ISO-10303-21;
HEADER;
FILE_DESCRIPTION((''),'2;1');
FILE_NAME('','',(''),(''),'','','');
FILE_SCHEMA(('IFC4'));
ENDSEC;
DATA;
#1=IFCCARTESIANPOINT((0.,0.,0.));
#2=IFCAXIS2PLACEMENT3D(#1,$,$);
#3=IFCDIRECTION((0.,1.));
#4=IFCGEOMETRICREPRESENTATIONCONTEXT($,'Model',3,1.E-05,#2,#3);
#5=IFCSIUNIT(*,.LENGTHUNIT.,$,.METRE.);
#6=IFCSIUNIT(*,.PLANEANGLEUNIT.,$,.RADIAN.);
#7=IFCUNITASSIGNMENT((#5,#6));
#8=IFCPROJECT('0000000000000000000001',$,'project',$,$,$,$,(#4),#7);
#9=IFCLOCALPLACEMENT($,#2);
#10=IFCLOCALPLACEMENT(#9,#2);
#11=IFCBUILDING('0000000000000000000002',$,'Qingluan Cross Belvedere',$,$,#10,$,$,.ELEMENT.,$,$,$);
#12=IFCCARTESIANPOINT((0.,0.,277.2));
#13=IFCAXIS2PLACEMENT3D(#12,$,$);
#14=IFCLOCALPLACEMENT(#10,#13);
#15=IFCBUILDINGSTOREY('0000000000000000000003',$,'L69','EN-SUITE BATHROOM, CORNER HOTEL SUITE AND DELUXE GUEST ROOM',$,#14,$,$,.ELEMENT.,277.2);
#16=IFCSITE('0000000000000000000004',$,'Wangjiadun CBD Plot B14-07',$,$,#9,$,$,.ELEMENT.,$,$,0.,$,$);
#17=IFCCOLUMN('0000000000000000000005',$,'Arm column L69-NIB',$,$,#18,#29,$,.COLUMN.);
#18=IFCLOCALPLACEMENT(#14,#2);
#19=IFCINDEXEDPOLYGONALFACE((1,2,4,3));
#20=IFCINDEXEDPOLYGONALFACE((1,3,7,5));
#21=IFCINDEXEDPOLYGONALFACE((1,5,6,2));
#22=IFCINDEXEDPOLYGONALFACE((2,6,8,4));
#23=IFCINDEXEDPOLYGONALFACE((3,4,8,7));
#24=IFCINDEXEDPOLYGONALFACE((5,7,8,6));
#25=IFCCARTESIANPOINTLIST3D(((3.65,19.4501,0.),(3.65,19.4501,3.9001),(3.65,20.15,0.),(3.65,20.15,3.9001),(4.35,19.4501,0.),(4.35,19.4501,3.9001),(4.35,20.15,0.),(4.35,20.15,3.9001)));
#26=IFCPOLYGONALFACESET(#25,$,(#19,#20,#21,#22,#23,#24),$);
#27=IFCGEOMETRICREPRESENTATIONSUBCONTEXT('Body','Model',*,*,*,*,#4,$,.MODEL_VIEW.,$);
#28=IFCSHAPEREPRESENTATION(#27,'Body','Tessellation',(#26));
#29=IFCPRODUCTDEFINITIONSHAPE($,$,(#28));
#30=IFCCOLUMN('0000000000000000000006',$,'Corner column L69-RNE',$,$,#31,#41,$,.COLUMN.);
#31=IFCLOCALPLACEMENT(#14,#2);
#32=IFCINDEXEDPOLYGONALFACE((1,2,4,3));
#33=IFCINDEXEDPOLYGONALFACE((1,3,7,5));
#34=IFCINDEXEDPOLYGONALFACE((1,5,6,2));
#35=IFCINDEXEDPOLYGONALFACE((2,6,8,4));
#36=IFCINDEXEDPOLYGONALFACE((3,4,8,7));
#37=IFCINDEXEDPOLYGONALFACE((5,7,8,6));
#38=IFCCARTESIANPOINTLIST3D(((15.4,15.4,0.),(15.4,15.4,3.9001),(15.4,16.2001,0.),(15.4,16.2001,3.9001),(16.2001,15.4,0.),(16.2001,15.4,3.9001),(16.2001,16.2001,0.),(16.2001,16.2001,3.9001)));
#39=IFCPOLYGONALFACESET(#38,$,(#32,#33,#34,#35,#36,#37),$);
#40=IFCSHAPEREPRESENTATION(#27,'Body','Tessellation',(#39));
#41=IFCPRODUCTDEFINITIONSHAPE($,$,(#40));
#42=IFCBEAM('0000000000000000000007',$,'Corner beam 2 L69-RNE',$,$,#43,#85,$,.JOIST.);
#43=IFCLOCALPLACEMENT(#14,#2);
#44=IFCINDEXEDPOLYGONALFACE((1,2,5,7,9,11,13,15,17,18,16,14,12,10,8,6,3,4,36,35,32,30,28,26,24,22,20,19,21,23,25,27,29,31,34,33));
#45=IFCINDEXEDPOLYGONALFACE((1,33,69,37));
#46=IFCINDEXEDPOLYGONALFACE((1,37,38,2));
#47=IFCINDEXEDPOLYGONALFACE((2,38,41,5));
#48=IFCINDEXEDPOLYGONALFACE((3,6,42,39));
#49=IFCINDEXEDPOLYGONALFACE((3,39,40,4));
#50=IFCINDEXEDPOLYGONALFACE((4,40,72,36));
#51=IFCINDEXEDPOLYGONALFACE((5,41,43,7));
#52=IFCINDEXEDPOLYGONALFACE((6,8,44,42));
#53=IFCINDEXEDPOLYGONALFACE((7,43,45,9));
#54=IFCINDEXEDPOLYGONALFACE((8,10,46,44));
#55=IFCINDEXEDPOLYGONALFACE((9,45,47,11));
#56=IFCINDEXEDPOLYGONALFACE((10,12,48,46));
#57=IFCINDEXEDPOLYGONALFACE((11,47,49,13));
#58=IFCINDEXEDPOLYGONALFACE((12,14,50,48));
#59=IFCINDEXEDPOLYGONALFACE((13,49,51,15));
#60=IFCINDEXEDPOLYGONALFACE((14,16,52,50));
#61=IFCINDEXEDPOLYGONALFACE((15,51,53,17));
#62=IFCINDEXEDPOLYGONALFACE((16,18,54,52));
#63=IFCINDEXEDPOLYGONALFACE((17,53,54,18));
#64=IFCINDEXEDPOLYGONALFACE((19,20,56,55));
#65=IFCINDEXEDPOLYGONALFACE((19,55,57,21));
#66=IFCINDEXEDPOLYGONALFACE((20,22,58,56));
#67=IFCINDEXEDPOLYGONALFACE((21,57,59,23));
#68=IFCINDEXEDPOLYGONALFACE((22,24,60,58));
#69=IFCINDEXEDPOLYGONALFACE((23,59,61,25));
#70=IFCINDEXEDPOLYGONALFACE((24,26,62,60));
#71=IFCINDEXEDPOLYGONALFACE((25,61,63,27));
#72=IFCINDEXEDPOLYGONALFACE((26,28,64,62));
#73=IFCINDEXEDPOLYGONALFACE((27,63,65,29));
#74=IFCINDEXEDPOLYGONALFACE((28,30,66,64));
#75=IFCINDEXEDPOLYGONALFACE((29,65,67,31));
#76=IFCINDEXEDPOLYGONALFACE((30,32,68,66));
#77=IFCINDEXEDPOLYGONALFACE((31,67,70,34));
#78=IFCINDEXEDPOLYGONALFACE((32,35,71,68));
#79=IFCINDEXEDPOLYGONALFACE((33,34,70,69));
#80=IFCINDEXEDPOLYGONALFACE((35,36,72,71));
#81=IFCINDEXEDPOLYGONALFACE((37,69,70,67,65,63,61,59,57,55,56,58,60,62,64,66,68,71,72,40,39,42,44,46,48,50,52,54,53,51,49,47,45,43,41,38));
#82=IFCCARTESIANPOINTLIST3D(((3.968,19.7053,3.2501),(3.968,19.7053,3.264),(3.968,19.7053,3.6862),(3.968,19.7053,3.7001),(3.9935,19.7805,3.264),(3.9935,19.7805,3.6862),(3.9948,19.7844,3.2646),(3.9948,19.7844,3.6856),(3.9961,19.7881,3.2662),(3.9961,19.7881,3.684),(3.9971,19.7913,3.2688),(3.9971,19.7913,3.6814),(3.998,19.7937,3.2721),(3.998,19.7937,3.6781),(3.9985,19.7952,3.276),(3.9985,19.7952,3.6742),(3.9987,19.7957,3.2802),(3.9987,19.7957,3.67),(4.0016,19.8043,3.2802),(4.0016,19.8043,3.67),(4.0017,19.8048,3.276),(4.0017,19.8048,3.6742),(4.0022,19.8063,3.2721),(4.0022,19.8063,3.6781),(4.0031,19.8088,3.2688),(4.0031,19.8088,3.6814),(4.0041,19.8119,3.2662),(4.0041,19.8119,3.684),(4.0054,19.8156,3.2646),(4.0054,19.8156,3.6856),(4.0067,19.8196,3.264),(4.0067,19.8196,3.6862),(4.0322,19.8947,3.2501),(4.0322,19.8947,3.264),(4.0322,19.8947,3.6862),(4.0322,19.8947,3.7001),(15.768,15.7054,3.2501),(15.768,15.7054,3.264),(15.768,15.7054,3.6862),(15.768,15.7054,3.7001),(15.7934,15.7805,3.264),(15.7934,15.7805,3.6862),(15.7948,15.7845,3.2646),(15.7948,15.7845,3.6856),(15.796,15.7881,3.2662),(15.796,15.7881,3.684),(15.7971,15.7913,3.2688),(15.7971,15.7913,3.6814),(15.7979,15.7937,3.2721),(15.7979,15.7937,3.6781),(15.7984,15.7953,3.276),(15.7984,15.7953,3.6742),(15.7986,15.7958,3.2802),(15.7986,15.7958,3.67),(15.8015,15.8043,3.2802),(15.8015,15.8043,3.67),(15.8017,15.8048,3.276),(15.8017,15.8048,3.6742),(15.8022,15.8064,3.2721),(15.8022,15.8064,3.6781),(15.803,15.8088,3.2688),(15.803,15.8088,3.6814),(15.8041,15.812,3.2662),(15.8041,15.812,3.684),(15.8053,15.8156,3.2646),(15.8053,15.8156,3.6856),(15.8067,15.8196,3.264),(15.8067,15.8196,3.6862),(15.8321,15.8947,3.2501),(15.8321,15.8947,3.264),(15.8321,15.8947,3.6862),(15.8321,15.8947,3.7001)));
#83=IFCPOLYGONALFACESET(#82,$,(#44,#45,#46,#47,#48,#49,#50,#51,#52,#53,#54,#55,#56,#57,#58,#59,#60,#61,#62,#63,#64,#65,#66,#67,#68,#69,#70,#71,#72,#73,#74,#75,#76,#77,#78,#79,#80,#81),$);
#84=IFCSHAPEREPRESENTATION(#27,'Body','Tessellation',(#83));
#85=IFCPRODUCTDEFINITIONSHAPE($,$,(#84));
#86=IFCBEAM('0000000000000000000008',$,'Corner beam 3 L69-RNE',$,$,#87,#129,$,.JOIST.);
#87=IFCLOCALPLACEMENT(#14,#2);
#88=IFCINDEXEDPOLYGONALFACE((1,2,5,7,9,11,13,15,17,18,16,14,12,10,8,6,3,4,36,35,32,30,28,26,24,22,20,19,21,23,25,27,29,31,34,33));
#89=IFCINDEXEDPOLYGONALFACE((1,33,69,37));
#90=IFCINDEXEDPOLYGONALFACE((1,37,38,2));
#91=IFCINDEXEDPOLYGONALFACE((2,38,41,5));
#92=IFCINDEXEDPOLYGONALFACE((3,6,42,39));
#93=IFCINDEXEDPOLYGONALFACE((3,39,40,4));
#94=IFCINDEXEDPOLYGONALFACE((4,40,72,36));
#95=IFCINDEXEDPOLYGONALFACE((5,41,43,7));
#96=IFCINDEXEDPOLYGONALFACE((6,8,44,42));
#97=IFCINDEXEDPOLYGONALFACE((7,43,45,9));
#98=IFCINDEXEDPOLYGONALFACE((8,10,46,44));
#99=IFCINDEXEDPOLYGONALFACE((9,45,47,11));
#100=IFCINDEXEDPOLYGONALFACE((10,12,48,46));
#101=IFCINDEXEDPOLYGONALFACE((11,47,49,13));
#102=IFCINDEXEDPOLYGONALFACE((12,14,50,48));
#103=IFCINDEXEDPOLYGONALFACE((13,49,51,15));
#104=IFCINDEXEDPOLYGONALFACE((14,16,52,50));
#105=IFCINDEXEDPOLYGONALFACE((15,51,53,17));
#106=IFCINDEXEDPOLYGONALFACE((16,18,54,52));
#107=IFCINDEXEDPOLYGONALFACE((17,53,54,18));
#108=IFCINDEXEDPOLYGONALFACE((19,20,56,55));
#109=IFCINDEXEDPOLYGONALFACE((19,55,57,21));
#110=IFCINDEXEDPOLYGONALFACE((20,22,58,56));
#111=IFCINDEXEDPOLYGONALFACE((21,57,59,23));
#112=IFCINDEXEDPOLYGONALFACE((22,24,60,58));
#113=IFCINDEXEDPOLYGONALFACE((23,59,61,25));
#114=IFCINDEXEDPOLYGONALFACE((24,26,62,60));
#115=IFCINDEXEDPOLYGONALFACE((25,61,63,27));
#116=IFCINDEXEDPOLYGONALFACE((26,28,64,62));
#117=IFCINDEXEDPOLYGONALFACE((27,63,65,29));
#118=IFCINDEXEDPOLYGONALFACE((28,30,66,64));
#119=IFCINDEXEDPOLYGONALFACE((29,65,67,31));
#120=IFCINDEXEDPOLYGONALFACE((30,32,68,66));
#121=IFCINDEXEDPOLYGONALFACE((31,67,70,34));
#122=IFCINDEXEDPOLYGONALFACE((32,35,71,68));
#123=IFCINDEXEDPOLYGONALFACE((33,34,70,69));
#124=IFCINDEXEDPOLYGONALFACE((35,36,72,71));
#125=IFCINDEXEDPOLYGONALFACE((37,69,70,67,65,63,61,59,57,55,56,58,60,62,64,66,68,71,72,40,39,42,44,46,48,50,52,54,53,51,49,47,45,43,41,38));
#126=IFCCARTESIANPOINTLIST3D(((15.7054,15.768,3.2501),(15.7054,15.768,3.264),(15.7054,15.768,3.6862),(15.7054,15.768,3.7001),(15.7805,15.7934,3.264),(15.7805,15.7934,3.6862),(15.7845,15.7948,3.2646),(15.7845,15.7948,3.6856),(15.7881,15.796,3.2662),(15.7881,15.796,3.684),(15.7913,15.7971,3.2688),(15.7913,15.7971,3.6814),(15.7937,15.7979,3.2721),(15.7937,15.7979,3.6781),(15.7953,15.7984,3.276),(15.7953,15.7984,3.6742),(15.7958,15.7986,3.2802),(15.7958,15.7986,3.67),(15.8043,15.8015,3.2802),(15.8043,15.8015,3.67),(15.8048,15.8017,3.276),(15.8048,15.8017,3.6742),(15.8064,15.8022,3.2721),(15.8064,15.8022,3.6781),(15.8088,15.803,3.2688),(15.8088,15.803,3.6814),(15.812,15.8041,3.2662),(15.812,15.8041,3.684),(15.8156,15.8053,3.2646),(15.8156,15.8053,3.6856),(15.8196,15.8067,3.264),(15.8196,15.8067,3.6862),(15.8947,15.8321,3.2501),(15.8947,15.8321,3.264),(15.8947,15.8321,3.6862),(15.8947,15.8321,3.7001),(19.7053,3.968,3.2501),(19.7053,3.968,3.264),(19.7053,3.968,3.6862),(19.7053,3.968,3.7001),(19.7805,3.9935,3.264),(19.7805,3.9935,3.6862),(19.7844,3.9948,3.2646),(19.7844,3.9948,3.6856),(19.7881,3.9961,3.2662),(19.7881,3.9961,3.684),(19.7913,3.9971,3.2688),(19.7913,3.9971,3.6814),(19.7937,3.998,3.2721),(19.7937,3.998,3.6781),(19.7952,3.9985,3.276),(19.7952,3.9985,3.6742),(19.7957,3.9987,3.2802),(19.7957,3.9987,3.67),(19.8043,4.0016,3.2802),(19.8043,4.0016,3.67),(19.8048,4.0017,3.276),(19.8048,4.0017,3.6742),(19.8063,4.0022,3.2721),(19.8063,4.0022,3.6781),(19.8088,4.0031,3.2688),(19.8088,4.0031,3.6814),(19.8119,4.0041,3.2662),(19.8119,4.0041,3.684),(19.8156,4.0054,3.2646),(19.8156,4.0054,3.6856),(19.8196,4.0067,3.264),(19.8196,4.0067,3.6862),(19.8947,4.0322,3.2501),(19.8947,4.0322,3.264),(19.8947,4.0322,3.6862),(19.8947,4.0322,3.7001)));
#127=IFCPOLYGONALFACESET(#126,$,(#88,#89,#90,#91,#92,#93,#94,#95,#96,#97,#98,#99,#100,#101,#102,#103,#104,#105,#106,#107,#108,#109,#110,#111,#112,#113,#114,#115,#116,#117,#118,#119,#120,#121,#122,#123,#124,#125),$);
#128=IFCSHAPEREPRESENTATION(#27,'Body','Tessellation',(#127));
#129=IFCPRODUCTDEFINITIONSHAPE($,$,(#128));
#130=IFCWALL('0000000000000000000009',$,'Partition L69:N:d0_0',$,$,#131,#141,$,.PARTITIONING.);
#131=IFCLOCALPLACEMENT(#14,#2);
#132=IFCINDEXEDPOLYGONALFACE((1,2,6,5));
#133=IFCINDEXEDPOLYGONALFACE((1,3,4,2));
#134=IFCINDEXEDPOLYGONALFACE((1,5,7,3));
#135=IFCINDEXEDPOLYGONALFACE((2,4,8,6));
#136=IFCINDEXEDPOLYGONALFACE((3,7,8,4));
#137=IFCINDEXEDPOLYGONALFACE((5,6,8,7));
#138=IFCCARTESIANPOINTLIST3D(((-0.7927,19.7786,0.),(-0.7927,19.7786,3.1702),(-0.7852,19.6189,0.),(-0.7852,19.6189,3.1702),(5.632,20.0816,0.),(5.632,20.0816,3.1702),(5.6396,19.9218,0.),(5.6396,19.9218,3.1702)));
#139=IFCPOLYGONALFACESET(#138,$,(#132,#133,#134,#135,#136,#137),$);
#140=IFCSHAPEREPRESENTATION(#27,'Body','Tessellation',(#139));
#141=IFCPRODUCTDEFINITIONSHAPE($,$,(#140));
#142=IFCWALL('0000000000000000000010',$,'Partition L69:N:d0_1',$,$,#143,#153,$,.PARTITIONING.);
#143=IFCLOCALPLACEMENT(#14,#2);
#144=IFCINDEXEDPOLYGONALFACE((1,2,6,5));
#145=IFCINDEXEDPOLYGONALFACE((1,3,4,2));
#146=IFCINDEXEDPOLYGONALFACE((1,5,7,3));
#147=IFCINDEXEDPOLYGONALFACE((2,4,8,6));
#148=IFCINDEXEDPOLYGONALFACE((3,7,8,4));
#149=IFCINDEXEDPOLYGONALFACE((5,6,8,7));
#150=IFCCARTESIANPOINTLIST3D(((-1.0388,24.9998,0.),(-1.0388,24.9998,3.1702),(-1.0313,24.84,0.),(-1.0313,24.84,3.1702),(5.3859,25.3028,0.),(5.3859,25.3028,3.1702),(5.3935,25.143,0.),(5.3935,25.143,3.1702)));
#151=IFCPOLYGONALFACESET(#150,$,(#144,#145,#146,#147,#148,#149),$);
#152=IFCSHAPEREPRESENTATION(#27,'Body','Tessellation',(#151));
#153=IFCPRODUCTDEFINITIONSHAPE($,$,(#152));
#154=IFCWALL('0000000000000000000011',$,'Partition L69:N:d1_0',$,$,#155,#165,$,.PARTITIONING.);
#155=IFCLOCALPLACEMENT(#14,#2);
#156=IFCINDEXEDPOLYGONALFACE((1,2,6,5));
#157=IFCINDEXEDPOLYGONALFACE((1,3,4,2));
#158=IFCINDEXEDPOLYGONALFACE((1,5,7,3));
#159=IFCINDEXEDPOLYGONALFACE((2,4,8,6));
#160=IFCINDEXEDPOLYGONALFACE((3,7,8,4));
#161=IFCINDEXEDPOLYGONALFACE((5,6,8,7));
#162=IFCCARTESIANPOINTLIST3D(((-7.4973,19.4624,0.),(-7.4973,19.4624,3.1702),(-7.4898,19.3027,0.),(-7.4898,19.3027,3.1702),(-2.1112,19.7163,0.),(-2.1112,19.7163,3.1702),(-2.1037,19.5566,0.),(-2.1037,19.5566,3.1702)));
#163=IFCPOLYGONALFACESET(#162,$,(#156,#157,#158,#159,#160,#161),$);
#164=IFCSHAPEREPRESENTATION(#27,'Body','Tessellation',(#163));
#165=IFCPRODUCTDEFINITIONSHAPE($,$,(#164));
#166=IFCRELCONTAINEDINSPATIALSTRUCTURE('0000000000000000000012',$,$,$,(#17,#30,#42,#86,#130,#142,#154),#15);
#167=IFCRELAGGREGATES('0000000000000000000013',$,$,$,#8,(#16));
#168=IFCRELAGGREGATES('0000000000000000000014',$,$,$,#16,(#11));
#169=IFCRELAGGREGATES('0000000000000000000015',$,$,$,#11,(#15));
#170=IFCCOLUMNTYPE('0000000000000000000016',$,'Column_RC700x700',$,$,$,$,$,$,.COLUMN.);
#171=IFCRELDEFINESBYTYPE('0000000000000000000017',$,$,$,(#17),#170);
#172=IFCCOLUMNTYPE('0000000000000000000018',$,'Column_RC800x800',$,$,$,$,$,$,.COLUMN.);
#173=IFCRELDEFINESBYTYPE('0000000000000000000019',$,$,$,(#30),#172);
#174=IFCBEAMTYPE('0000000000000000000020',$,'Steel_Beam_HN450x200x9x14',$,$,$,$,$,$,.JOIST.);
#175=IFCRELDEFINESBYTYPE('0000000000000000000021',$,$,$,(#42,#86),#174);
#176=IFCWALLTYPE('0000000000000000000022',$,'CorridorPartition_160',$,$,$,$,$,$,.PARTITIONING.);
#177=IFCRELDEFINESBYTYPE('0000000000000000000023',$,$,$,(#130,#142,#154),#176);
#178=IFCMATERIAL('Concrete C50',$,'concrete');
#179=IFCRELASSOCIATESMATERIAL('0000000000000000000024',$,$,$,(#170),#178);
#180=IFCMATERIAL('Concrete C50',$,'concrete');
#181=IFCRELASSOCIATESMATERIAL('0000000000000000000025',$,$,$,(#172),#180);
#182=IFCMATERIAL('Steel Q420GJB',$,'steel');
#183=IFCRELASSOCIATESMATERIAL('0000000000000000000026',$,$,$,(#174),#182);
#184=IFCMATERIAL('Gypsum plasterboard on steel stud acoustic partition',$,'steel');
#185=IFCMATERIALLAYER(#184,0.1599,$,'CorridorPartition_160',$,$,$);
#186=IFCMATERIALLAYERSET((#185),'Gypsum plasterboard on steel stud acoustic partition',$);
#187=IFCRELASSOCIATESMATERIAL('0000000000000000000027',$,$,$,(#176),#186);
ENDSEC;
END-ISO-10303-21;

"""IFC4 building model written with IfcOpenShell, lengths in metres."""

from ifc_helpers import new_model, si_unit, direction, frame, frame_2d, origin, origin_2d, place, context, subcontext, project, spatial, rectangle, i_section, extrude, material, layer, layer_set, material_profile, profile_set, type_object, element, save


model = new_model("IFC4")

# Units and contexts
model_context = context("Model", 3, precision=1e-05, world=origin(), true_north=direction((0.0, 1.0)))
body_context = subcontext(model_context, "Body", "Model", "MODEL_VIEW")
ifc_project = project(units=[si_unit("LENGTHUNIT", "METRE"), si_unit("PLANEANGLEUNIT", "RADIAN")], contexts=[model_context])

# Site, building, storey
site_placement = place(None, origin())
site = spatial("IfcSite", under=ifc_project, at=site_placement, Name="Wangjiadun CBD Plot B14-07", CompositionType="ELEMENT", RefElevation=0.0)
building_placement = place(site_placement, origin())
building = spatial("IfcBuilding", under=site, at=building_placement, Name="Qingluan Cross Belvedere", CompositionType="ELEMENT")
storey_placement = place(building_placement, frame((0.0, 0.0, 277.2)))
storey = spatial("IfcBuildingStorey", under=building, at=storey_placement, Name="L69", Description="EN-SUITE BATHROOM, CORNER HOTEL SUITE AND DELUXE GUEST ROOM", CompositionType="ELEMENT", Elevation=277.2)

# Columns
ifc_material_1 = material(Name="Concrete C50", Category="concrete")
ifc_material_profile_1 = material_profile(ifc_material_1, rectangle(XDim=0.7, YDim=0.7, at=origin_2d()), Name="RC700x700")
ifc_profile_set_1 = profile_set([ifc_material_profile_1], Name="Concrete C50")
column_type_1 = type_object("IfcColumnType", Name="Column_RC700x700", PredefinedType="COLUMN", material=ifc_profile_set_1)
column_1_placement = place(storey_placement, frame((4.0, 19.8, 0.0), z_axis=(0.0, 0.0, 1.0), x_axis=(1.0, 0.0, 0.0)))
element("IfcColumn", 1, at=column_1_placement, inside=storey, type_object=column_type_1, Name="Arm column L69-NIB", PredefinedType="COLUMN", context=body_context, shape_type="SweptSolid", body=[
    extrude(rectangle(XDim=0.7, YDim=0.7, at=origin_2d()), origin(), (0.0, 0.0, 1.0), 3.9001),
])
ifc_material_2 = material(Name="Concrete C50", Category="concrete")
ifc_material_profile_2 = material_profile(ifc_material_2, rectangle(XDim=0.8, YDim=0.8, at=origin_2d()), Name="RC800x800")
ifc_profile_set_2 = profile_set([ifc_material_profile_2], Name="Concrete C50")
column_type_2 = type_object("IfcColumnType", Name="Column_RC800x800", PredefinedType="COLUMN", material=ifc_profile_set_2)
column_2_placement = place(storey_placement, frame((15.8, 15.8, 0.0), z_axis=(0.0, 0.0, 1.0), x_axis=(1.0, 0.0, 0.0)))
element("IfcColumn", 2, at=column_2_placement, inside=storey, type_object=column_type_2, Name="Corner column L69-RNE", PredefinedType="COLUMN", context=body_context, shape_type="SweptSolid", body=[
    extrude(rectangle(XDim=0.8, YDim=0.8, at=origin_2d()), origin(), (0.0, 0.0, 1.0), 3.9001),
])

# Beams
ifc_material_3 = material(Name="Steel Q420GJB", Category="steel")
ifc_material_profile_3 = material_profile(ifc_material_3, i_section(OverallWidth=0.2, OverallDepth=0.45, WebThickness=0.009, FlangeThickness=0.0139, FilletRadius=0.0161, at=origin_2d()), Name="HN450x200x9x14")
ifc_profile_set_3 = profile_set([ifc_material_profile_3], Name="Steel Q420GJB")
beam_type = type_object("IfcBeamType", Name="Steel_Beam_HN450x200x9x14", PredefinedType="JOIST", material=ifc_profile_set_3)
for number, where, z_axis, x_axis, name in (
    (3, (15.8, 15.8, 3.4751), (-0.947066, 0.321038, 0.0), (-0.321038, -0.947066, 0.0), "Corner beam 2 L69-RNE"),
    (4, (15.8, 15.8, 3.4751), (0.321038, -0.947066, 0.0), (0.947066, 0.321038, 0.0), "Corner beam 3 L69-RNE"),
):
    element("IfcBeam", number, at=place(storey_placement, frame(where, z_axis=z_axis, x_axis=x_axis)), inside=storey, type_object=beam_type, Name=name, PredefinedType="JOIST", context=body_context, shape_type="SweptSolid", body=[
        extrude(i_section(OverallWidth=0.2, OverallDepth=0.45, WebThickness=0.009, FlangeThickness=0.0139, FilletRadius=0.0161, at=origin_2d()), origin(), (0.0, 0.0, 1.0), 12.4595),
    ])

# Walls
ifc_material_4 = material(Name="Gypsum plasterboard on steel stud acoustic partition", Category="steel")
ifc_layer_1 = layer(ifc_material_4, 0.1599, Name="CorridorPartition_160")
ifc_layer_set_1 = layer_set([ifc_layer_1], Name="Gypsum plasterboard on steel stud acoustic partition")
wall_type_1 = type_object("IfcWallType", Name="CorridorPartition_160", PredefinedType="PARTITIONING", material=ifc_layer_set_1)
for number, where, z_axis, x_axis, name in (
    (5, (-0.7888, 19.6987, 0.0), (0.0, 0.0, 1.0), (0.99889, 0.047105, 0.0), "Partition L69:N:d0_0"),
    (6, (-1.0349, 24.9199, 0.0), (0.0, 0.0, 1.0), (0.99889, 0.047105, 0.0), "Partition L69:N:d0_1"),
):
    element("IfcWall", number, at=place(storey_placement, frame(where, z_axis=z_axis, x_axis=x_axis)), inside=storey, type_object=wall_type_1, Name=name, PredefinedType="PARTITIONING", context=body_context, shape_type="SweptSolid", body=[
        extrude(rectangle(XDim=6.4319, YDim=0.1599, at=frame_2d((3.2158, 0.0))), origin(), (0.0, 0.0, 1.0), 3.1702),
    ])
wall_1_placement = place(storey_placement, frame((-2.1074, 19.6365, 0.0), z_axis=(0.0, 0.0, 1.0), x_axis=(-0.998891, -0.04709, 0.0)))
element("IfcWall", 7, at=wall_1_placement, inside=storey, type_object=wall_type_1, Name="Partition L69:N:d1_0", PredefinedType="PARTITIONING", context=body_context, shape_type="SweptSolid", body=[
    extrude(rectangle(XDim=5.3921, YDim=0.1599, at=frame_2d((2.696, 0.0))), origin(), (0.0, 0.0, 1.0), 3.1702),
])

save(model, "model.ifc")
